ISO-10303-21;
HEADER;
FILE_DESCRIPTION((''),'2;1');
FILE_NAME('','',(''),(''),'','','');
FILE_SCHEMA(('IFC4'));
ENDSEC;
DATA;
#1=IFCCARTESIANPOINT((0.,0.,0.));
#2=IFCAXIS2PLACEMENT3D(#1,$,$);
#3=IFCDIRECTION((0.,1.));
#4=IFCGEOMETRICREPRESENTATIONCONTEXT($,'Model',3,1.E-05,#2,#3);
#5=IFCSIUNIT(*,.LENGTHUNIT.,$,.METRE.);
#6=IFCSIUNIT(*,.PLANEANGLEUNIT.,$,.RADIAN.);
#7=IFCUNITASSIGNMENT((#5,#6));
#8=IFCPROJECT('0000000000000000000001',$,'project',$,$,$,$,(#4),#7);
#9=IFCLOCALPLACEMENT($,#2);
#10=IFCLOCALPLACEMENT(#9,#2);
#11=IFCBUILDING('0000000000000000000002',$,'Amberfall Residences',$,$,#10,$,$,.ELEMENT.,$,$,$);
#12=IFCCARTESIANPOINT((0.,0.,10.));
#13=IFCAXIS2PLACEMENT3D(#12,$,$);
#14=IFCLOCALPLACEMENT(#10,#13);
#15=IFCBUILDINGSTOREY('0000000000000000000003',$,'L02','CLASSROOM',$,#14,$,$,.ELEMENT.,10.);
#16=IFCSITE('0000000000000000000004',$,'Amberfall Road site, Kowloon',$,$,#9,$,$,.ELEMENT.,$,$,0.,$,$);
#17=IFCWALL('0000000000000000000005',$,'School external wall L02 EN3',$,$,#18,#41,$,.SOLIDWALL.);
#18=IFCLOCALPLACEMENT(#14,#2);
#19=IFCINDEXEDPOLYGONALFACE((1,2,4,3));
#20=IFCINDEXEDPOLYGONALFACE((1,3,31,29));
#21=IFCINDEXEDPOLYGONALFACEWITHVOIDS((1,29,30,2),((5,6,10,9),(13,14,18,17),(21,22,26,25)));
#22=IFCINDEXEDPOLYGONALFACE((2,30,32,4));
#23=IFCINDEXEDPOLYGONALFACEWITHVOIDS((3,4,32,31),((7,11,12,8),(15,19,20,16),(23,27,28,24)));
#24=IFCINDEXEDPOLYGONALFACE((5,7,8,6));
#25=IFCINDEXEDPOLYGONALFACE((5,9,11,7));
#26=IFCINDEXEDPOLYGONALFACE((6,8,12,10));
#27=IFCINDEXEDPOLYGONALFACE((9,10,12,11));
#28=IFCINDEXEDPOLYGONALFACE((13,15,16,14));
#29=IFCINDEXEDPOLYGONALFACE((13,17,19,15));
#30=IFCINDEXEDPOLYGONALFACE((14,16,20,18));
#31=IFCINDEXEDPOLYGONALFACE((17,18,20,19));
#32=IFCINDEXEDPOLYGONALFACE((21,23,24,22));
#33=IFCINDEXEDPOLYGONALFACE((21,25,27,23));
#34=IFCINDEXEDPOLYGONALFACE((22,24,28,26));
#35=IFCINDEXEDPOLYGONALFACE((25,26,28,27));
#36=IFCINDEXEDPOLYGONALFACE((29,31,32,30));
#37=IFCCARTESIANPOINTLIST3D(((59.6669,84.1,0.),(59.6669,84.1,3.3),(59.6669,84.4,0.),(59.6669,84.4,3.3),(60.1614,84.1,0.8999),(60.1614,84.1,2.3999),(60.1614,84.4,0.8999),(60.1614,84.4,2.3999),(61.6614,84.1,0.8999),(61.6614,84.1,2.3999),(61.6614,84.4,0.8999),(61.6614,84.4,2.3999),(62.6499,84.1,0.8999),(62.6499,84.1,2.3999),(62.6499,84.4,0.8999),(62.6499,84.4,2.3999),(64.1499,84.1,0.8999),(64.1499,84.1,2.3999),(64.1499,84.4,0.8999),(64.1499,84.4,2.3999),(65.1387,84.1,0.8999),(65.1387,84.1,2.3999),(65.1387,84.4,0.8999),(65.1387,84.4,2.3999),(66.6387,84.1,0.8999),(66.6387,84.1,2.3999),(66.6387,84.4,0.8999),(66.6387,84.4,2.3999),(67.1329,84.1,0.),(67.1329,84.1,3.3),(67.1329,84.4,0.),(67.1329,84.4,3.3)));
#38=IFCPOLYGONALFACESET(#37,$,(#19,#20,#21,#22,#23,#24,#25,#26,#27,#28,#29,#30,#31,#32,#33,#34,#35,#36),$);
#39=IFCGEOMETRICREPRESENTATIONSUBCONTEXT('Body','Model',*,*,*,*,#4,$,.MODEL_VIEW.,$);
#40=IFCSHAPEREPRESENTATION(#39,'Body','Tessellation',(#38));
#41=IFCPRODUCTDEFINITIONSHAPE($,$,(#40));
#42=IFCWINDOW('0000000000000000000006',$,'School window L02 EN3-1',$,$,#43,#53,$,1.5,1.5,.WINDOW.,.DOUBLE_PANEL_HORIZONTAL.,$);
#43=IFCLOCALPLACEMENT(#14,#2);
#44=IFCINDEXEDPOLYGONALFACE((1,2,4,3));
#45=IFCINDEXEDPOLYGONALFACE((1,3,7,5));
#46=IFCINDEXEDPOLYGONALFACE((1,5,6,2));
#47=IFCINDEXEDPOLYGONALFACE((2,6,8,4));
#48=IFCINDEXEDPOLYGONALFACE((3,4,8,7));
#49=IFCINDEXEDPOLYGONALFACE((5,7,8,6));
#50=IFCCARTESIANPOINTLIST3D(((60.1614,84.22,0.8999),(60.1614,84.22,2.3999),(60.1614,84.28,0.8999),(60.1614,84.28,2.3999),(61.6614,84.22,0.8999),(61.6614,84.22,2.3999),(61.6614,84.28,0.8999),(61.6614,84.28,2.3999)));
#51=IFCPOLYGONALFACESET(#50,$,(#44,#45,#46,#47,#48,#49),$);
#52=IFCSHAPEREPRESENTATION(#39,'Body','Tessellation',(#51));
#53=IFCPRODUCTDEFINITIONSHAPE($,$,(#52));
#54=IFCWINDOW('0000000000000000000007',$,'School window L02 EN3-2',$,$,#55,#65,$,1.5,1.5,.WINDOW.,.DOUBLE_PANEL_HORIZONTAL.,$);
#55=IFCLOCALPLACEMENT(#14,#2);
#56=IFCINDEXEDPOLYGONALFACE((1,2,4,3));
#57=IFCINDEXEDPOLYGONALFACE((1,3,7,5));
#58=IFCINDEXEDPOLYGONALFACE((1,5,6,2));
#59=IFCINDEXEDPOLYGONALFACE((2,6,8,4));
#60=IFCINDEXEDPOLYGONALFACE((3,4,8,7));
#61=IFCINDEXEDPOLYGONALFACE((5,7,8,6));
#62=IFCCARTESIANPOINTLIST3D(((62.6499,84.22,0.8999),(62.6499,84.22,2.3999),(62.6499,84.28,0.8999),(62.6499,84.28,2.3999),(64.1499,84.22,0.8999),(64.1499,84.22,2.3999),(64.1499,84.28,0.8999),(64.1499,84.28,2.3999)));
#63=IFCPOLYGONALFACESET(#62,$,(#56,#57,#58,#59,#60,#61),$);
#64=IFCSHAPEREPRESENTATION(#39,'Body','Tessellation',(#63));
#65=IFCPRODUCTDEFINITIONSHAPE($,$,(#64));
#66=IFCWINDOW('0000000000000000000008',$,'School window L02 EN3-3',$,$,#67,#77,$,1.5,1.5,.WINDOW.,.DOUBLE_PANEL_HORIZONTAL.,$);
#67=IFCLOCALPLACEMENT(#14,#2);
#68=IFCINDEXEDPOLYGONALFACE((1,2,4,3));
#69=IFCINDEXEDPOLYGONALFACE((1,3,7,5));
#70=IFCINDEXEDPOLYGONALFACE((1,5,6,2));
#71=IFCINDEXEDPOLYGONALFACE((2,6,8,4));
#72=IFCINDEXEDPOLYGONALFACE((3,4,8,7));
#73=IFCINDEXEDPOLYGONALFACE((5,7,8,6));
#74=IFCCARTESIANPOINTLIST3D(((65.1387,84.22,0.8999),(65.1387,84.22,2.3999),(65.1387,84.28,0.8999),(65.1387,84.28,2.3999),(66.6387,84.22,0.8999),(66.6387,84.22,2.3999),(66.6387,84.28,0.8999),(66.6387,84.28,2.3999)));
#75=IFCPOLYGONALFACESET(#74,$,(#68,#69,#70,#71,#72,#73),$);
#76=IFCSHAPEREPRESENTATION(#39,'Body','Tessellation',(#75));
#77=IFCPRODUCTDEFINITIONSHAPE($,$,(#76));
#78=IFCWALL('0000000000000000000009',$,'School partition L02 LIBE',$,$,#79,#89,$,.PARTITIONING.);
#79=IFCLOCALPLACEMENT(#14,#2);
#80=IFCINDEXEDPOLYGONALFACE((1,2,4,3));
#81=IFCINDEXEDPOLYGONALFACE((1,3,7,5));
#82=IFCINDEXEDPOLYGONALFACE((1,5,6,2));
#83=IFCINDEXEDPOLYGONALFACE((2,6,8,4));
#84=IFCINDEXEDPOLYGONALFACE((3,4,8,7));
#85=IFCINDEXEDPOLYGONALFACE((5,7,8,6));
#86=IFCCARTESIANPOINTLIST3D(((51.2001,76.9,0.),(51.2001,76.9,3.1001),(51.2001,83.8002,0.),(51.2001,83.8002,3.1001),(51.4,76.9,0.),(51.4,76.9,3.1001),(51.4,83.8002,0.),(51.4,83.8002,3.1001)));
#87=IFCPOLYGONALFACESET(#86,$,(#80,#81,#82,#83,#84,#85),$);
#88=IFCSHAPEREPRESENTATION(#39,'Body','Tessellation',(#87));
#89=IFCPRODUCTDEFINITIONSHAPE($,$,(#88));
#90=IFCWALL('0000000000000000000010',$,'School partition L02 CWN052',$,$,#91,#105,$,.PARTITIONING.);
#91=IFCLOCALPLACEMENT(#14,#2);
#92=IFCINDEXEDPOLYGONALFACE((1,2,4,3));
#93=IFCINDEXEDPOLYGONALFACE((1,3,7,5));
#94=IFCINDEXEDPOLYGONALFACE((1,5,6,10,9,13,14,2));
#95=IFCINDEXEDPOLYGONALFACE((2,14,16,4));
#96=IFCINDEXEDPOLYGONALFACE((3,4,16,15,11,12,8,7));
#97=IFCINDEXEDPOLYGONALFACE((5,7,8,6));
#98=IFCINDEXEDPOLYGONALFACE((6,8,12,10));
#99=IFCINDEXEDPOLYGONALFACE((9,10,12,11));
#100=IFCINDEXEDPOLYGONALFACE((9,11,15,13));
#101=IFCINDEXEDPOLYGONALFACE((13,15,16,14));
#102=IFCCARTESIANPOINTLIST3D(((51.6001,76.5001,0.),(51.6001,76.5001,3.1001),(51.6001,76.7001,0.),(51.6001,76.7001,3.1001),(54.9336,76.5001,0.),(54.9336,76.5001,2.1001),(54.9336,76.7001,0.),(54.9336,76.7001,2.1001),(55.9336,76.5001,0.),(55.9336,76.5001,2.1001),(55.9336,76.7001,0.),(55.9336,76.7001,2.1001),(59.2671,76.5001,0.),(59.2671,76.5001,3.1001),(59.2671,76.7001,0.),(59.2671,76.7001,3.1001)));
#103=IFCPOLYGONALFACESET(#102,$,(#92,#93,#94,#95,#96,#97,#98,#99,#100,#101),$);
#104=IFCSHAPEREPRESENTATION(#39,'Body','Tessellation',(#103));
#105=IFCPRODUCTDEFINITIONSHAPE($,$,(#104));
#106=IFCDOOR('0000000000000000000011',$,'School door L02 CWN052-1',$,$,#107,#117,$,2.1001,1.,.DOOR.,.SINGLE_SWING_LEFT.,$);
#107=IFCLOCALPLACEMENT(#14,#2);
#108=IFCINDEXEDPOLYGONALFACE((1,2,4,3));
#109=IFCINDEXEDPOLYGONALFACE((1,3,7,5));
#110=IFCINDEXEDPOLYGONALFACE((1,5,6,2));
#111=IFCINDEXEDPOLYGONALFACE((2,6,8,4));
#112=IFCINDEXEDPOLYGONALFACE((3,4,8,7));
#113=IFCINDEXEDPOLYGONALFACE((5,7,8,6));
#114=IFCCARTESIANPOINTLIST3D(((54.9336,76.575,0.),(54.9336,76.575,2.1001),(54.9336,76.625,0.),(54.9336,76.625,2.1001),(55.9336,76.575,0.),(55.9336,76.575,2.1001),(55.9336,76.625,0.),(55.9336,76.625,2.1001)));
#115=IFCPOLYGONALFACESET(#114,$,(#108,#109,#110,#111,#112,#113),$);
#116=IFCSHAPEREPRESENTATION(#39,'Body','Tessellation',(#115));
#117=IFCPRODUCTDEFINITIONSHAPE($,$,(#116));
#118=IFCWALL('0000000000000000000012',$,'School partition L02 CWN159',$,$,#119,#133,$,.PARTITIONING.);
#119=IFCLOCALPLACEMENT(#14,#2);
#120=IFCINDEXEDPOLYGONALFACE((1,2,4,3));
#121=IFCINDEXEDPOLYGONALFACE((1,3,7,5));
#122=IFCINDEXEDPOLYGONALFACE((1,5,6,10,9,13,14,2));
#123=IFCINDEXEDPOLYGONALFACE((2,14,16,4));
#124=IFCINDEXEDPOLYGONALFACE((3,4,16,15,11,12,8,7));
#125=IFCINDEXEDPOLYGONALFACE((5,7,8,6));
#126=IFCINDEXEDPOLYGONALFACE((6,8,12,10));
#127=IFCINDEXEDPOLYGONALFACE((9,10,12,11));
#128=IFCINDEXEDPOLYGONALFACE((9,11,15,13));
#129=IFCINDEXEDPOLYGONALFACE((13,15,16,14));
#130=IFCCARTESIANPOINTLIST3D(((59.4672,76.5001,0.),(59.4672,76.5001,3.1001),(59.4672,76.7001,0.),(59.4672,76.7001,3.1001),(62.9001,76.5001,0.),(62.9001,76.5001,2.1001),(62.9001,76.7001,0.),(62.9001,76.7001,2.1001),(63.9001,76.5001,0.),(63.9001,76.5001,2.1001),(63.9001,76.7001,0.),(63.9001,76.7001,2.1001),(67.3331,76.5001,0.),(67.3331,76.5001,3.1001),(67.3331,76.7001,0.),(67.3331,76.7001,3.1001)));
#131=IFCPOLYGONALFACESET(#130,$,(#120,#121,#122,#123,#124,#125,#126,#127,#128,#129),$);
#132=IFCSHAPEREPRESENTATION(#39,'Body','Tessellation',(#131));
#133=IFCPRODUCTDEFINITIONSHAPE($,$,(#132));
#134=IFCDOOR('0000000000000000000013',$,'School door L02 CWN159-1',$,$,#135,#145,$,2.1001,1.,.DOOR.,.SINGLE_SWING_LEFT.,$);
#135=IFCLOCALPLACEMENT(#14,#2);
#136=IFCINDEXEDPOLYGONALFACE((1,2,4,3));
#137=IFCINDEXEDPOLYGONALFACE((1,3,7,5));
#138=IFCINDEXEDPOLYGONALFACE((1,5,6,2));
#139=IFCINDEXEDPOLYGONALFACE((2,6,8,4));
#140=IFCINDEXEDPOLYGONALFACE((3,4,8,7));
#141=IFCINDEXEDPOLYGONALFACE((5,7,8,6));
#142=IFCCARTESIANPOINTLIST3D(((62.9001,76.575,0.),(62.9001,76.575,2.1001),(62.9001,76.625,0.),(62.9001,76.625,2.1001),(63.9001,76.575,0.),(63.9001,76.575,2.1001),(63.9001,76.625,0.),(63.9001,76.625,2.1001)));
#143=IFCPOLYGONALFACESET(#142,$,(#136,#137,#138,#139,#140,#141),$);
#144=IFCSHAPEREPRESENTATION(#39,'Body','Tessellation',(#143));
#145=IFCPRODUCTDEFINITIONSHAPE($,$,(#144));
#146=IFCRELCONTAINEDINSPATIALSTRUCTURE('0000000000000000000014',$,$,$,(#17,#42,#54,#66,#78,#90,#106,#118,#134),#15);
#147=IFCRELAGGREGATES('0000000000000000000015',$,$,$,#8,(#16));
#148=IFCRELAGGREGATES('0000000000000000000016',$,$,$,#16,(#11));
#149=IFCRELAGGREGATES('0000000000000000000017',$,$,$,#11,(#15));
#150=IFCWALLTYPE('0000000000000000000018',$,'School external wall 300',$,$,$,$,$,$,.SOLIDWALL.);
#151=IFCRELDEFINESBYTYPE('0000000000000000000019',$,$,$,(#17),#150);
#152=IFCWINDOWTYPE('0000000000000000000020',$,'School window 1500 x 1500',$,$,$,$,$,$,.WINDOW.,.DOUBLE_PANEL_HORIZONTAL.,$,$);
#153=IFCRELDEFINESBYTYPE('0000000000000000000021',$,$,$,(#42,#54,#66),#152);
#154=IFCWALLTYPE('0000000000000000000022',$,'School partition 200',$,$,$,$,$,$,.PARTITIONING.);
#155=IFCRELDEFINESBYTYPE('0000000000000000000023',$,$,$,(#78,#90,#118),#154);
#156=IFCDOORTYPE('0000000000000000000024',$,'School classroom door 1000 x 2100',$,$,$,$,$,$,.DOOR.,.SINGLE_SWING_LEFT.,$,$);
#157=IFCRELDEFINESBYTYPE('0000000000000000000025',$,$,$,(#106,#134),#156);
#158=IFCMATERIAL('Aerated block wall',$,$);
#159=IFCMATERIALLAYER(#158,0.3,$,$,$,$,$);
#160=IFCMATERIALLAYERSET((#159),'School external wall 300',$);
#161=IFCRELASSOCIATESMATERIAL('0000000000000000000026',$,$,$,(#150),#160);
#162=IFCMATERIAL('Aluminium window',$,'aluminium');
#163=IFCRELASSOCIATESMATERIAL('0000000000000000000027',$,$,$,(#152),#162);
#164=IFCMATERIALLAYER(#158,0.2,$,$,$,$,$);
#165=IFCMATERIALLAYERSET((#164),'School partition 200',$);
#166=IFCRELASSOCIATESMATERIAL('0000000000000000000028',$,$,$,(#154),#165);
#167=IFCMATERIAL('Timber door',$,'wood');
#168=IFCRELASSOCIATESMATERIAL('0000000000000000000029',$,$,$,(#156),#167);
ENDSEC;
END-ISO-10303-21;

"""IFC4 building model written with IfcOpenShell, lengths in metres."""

from ifc_helpers import new_model, si_unit, direction, frame, frame_2d, origin, place, context, subcontext, project, spatial, rectangle, extrude, material, layer, layer_set, type_object, element, fill, save


model = new_model("IFC4")

# Units and contexts
model_context = context("Model", 3, precision=1e-05, world=origin(), true_north=direction((0.0, 1.0)))
body_context = subcontext(model_context, "Body", "Model", "MODEL_VIEW")
ifc_project = project(units=[si_unit("LENGTHUNIT", "METRE"), si_unit("PLANEANGLEUNIT", "RADIAN")], contexts=[model_context])

# Site, building, storey
site_placement = place(None, origin())
site = spatial("IfcSite", under=ifc_project, at=site_placement, Name="Amberfall Road site, Kowloon", CompositionType="ELEMENT", RefElevation=0.0)
building_placement = place(site_placement, origin())
building = spatial("IfcBuilding", under=site, at=building_placement, Name="Amberfall Residences", CompositionType="ELEMENT")
storey_placement = place(building_placement, frame((0.0, 0.0, 10.0)))
storey = spatial("IfcBuildingStorey", under=building, at=storey_placement, Name="L02", Description="CLASSROOM", CompositionType="ELEMENT", Elevation=10.0)

# Wall, openings, windows
ifc_material_1 = material(Name="Aerated block wall")
ifc_layer_1 = layer(ifc_material_1, 0.3)
ifc_layer_set_1 = layer_set([ifc_layer_1], Name="School external wall 300")
wall_type_1 = type_object("IfcWallType", Name="School external wall 300", PredefinedType="SOLIDWALL", material=ifc_layer_set_1)
ifc_material_2 = material(Name="Aluminium window", Category="aluminium")
window_type = type_object("IfcWindowType", Name="School window 1500 x 1500", PartitioningType="DOUBLE_PANEL_HORIZONTAL", PredefinedType="WINDOW", material=ifc_material_2)
wall_1_placement = place(storey_placement, frame((59.667, 84.25, 0.0), z_axis=(0.0, 0.0, 1.0), x_axis=(1.0, 0.0, 0.0)))
wall_1 = element("IfcWall", 1, at=wall_1_placement, inside=storey, type_object=wall_type_1, Name="School external wall L02 EN3", PredefinedType="SOLIDWALL", context=body_context, shape_type="SweptSolid", body=[
    extrude(rectangle(XDim=7.4661, YDim=0.3, at=frame_2d((3.7329, 0.0))), origin(), (0.0, 0.0, 1.0), 3.3),
])
opening_1_placement = place(wall_1_placement, frame((0.4944, 0.0, 0.8999)))
opening_1 = element("IfcOpeningElement", 2, at=opening_1_placement, cuts=wall_1, PredefinedType="OPENING", context=body_context, shape_type="SweptSolid", body=[
    extrude(rectangle(XDim=1.5, YDim=1.5, at=frame_2d((0.75, 0.75))), frame((0.0, 0.1599, 0.0), z_axis=(0.0, -1.0, 0.0), x_axis=(1.0, 0.0, 0.0)), (0.0, 0.0, 1.0), 0.3201),
])
opening_2_placement = place(wall_1_placement, frame((2.9829, 0.0, 0.8999)))
opening_2 = element("IfcOpeningElement", 3, at=opening_2_placement, cuts=wall_1, PredefinedType="OPENING", context=body_context, shape_type="SweptSolid", body=[
    extrude(rectangle(XDim=1.5, YDim=1.5, at=frame_2d((0.75, 0.75))), frame((0.0, 0.1599, 0.0), z_axis=(0.0, -1.0, 0.0), x_axis=(1.0, 0.0, 0.0)), (0.0, 0.0, 1.0), 0.3201),
])
opening_3_placement = place(wall_1_placement, frame((5.4717, 0.0, 0.8999)))
opening_3 = element("IfcOpeningElement", 4, at=opening_3_placement, cuts=wall_1, PredefinedType="OPENING", context=body_context, shape_type="SweptSolid", body=[
    extrude(rectangle(XDim=1.5, YDim=1.5, at=frame_2d((0.75, 0.75))), frame((0.0, 0.1599, 0.0), z_axis=(0.0, -1.0, 0.0), x_axis=(1.0, 0.0, 0.0)), (0.0, 0.0, 1.0), 0.3201),
])
window_1_placement = place(opening_1_placement, origin())
window_1 = element("IfcWindow", 5, at=window_1_placement, inside=storey, type_object=window_type, Name="School window L02 EN3-1", OverallHeight=1.5, OverallWidth=1.5, PartitioningType="DOUBLE_PANEL_HORIZONTAL", PredefinedType="WINDOW", context=body_context, shape_type="SweptSolid", body=[
    extrude(rectangle(XDim=1.5, YDim=1.5, at=frame_2d((0.75, 0.75))), frame((0.0, 0.03, 0.0), z_axis=(0.0, -1.0, 0.0), x_axis=(1.0, 0.0, 0.0)), (0.0, 0.0, 1.0), 0.0601),
])
fill(opening_1, window_1)
window_2_placement = place(opening_2_placement, origin())
window_2 = element("IfcWindow", 6, at=window_2_placement, inside=storey, type_object=window_type, Name="School window L02 EN3-2", OverallHeight=1.5, OverallWidth=1.5, PartitioningType="DOUBLE_PANEL_HORIZONTAL", PredefinedType="WINDOW", context=body_context, shape_type="SweptSolid", body=[
    extrude(rectangle(XDim=1.5, YDim=1.5, at=frame_2d((0.75, 0.75))), frame((0.0, 0.03, 0.0), z_axis=(0.0, -1.0, 0.0), x_axis=(1.0, 0.0, 0.0)), (0.0, 0.0, 1.0), 0.0601),
])
fill(opening_2, window_2)
window_3_placement = place(opening_3_placement, origin())
window_3 = element("IfcWindow", 7, at=window_3_placement, inside=storey, type_object=window_type, Name="School window L02 EN3-3", OverallHeight=1.5, OverallWidth=1.5, PartitioningType="DOUBLE_PANEL_HORIZONTAL", PredefinedType="WINDOW", context=body_context, shape_type="SweptSolid", body=[
    extrude(rectangle(XDim=1.5, YDim=1.5, at=frame_2d((0.75, 0.75))), frame((0.0, 0.03, 0.0), z_axis=(0.0, -1.0, 0.0), x_axis=(1.0, 0.0, 0.0)), (0.0, 0.0, 1.0), 0.0601),
])
fill(opening_3, window_3)

# Wall
ifc_layer_2 = layer(ifc_material_1, 0.2)
ifc_layer_set_2 = layer_set([ifc_layer_2], Name="School partition 200")
wall_type_2 = type_object("IfcWallType", Name="School partition 200", PredefinedType="PARTITIONING", material=ifc_layer_set_2)
wall_2_placement = place(storey_placement, frame((51.3, 76.8999, 0.0), z_axis=(0.0, 0.0, 1.0), x_axis=(0.0, 1.0, 0.0)))
element("IfcWall", 8, at=wall_2_placement, inside=storey, type_object=wall_type_2, Name="School partition L02 LIBE", PredefinedType="PARTITIONING", context=body_context, shape_type="SweptSolid", body=[
    extrude(rectangle(XDim=6.9001, YDim=0.2, at=frame_2d((3.4502, 0.0))), origin(), (0.0, 0.0, 1.0), 3.1001),
])

# Walls, openings, doors
wall_3_placement = place(storey_placement, frame((51.6001, 76.6001, 0.0), z_axis=(0.0, 0.0, 1.0), x_axis=(1.0, 0.0, 0.0)))
wall_3 = element("IfcWall", 9, at=wall_3_placement, inside=storey, type_object=wall_type_2, Name="School partition L02 CWN052", PredefinedType="PARTITIONING", context=body_context, shape_type="SweptSolid", body=[
    extrude(rectangle(XDim=7.667, YDim=0.2, at=frame_2d((3.8335, 0.0))), origin(), (0.0, 0.0, 1.0), 3.1001),
])
opening_4_placement = place(wall_3_placement, frame((3.3335, 0.0, 0.0)))
opening_4 = element("IfcOpeningElement", 10, at=opening_4_placement, cuts=wall_3, PredefinedType="OPENING", context=body_context, shape_type="SweptSolid", body=[
    extrude(rectangle(XDim=1.0, YDim=2.1001, at=frame_2d((0.5, 1.05))), frame((0.0, 0.1099, 0.0), z_axis=(0.0, -1.0, 0.0), x_axis=(1.0, 0.0, 0.0)), (0.0, 0.0, 1.0), 0.22),
])
ifc_material_3 = material(Name="Timber door", Category="wood")
door_type = type_object("IfcDoorType", Name="School classroom door 1000 x 2100", OperationType="SINGLE_SWING_LEFT", PredefinedType="DOOR", material=ifc_material_3)
door_1_placement = place(opening_4_placement, origin())
door_1 = element("IfcDoor", 11, at=door_1_placement, inside=storey, type_object=door_type, Name="School door L02 CWN052-1", OperationType="SINGLE_SWING_LEFT", OverallHeight=2.1001, OverallWidth=1.0, PredefinedType="DOOR", context=body_context, shape_type="SweptSolid", body=[
    extrude(rectangle(XDim=1.0, YDim=2.1001, at=frame_2d((0.5, 1.05))), frame((0.0, 0.0249, 0.0), z_axis=(0.0, -1.0, 0.0), x_axis=(1.0, 0.0, 0.0)), (0.0, 0.0, 1.0), 0.05),
])
fill(opening_4, door_1)
wall_4_placement = place(storey_placement, frame((59.467, 76.6001, 0.0), z_axis=(0.0, 0.0, 1.0), x_axis=(1.0, 0.0, 0.0)))
wall_4 = element("IfcWall", 12, at=wall_4_placement, inside=storey, type_object=wall_type_2, Name="School partition L02 CWN159", PredefinedType="PARTITIONING", context=body_context, shape_type="SweptSolid", body=[
    extrude(rectangle(XDim=7.866, YDim=0.2, at=frame_2d((3.9331, 0.0))), origin(), (0.0, 0.0, 1.0), 3.1001),
])
opening_5_placement = place(wall_4_placement, frame((3.4331, 0.0, 0.0)))
opening_5 = element("IfcOpeningElement", 13, at=opening_5_placement, cuts=wall_4, PredefinedType="OPENING", context=body_context, shape_type="SweptSolid", body=[
    extrude(rectangle(XDim=1.0, YDim=2.1001, at=frame_2d((0.5, 1.05))), frame((0.0, 0.1099, 0.0), z_axis=(0.0, -1.0, 0.0), x_axis=(1.0, 0.0, 0.0)), (0.0, 0.0, 1.0), 0.22),
])
door_2_placement = place(opening_5_placement, origin())
door_2 = element("IfcDoor", 14, at=door_2_placement, inside=storey, type_object=door_type, Name="School door L02 CWN159-1", OperationType="SINGLE_SWING_LEFT", OverallHeight=2.1001, OverallWidth=1.0, PredefinedType="DOOR", context=body_context, shape_type="SweptSolid", body=[
    extrude(rectangle(XDim=1.0, YDim=2.1001, at=frame_2d((0.5, 1.05))), frame((0.0, 0.0249, 0.0), z_axis=(0.0, -1.0, 0.0), x_axis=(1.0, 0.0, 0.0)), (0.0, 0.0, 1.0), 0.05),
])
fill(opening_5, door_2)

save(model, "model.ifc")
